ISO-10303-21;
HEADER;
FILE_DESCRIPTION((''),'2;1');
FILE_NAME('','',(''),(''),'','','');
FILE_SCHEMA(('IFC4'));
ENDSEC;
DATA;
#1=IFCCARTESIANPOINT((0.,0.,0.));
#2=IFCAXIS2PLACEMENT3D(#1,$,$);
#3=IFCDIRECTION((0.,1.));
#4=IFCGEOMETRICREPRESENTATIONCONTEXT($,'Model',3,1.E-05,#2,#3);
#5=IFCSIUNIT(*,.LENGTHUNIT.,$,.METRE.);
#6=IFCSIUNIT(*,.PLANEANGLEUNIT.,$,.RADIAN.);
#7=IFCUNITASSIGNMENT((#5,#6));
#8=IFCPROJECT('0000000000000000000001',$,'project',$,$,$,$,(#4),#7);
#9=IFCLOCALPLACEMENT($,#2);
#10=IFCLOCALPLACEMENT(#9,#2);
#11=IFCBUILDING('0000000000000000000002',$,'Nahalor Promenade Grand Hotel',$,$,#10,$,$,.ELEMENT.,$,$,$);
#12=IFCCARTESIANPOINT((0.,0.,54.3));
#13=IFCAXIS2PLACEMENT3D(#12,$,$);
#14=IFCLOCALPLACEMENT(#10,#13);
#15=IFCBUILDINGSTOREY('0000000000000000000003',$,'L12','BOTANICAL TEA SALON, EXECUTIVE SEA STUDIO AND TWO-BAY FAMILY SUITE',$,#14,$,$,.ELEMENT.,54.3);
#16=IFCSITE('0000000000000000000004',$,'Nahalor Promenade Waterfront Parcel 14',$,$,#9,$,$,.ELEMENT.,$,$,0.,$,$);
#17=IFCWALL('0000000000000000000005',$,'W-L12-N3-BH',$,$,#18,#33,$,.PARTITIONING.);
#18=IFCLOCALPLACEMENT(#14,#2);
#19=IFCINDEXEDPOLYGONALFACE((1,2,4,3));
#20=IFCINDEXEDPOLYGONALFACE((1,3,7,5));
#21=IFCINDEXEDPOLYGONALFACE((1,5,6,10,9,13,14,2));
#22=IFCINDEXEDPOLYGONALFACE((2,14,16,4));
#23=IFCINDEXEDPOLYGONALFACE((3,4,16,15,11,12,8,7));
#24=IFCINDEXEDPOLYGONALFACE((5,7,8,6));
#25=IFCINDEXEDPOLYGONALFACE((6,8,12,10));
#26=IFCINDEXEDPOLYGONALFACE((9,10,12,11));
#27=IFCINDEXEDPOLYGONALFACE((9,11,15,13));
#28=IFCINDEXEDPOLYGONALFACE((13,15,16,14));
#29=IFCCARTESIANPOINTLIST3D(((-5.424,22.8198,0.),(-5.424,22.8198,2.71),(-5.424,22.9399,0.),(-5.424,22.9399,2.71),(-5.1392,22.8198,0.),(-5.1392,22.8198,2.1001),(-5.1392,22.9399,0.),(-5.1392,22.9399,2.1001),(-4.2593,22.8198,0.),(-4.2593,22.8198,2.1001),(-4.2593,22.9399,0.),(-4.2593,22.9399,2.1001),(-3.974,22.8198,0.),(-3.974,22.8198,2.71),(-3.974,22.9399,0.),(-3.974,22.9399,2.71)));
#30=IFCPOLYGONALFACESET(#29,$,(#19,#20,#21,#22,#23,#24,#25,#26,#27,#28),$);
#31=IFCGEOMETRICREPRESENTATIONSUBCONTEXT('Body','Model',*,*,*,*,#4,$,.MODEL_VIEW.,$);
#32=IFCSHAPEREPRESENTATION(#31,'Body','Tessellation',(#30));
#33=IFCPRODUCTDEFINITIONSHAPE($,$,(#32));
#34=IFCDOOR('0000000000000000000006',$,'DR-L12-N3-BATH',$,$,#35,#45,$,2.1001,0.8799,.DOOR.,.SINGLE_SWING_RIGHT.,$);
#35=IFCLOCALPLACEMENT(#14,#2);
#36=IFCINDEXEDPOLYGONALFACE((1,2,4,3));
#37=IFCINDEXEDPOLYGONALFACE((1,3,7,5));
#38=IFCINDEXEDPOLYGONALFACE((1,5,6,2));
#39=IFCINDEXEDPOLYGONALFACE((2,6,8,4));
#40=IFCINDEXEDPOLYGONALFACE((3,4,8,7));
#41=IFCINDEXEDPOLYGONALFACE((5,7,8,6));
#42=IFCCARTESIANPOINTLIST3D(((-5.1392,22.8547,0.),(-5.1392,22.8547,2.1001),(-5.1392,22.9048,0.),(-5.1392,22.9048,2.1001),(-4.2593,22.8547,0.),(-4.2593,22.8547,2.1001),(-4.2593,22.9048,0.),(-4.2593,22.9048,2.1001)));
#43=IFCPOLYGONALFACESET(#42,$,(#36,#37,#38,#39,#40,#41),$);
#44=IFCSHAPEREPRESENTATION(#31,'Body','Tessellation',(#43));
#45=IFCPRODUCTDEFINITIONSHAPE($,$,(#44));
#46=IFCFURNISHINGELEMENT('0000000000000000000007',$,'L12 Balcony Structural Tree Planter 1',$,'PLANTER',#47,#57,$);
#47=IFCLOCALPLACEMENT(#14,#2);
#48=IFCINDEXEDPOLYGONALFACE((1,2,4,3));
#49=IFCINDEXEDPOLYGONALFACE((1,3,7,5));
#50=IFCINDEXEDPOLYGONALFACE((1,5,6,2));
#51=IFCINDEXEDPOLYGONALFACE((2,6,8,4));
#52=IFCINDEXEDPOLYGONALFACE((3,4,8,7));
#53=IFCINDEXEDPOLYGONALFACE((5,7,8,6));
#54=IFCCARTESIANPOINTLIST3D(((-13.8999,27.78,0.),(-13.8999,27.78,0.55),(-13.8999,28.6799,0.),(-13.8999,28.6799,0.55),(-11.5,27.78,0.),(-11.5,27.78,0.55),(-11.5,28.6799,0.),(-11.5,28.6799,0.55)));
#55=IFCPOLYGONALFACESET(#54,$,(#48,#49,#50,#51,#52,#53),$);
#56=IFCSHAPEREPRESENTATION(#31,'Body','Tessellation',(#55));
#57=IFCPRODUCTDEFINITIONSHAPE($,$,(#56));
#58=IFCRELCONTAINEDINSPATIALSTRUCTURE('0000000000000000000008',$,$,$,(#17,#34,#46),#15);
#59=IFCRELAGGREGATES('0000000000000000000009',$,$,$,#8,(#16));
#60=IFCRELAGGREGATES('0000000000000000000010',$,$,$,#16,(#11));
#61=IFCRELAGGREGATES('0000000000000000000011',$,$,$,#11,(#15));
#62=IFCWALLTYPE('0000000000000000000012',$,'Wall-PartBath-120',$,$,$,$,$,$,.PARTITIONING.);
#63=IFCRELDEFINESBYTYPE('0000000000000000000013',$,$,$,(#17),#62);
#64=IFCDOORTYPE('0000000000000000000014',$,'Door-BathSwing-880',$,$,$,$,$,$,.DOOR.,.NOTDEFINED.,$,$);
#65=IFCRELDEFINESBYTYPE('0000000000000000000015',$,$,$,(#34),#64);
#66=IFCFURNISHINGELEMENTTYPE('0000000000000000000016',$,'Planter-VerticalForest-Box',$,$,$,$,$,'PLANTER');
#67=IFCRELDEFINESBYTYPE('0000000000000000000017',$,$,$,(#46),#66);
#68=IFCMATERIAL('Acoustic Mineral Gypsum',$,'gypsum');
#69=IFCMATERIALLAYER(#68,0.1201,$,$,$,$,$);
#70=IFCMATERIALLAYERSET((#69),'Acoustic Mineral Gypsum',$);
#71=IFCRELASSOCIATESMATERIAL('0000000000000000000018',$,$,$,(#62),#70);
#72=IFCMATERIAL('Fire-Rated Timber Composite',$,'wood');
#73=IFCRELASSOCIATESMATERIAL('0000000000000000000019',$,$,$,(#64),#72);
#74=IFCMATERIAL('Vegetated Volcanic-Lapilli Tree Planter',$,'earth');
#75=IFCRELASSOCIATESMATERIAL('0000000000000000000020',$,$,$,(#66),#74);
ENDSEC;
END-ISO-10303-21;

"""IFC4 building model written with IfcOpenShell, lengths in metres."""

from ifc_helpers import new_model, si_unit, direction, frame, frame_2d, origin, origin_2d, place, context, subcontext, project, spatial, rectangle, extrude, source, transform, mapped, material, layer, layer_set, type_object, element, fill, save


model = new_model("IFC4")

# Units and contexts
model_context = context("Model", 3, precision=1e-05, world=origin(), true_north=direction((0.0, 1.0)))
body_context = subcontext(model_context, "Body", "Model", "MODEL_VIEW")
ifc_project = project(units=[si_unit("LENGTHUNIT", "METRE"), si_unit("PLANEANGLEUNIT", "RADIAN")], contexts=[model_context])

# Site, building, storey
site_placement = place(None, origin())
site = spatial("IfcSite", under=ifc_project, at=site_placement, Name="Nahalor Promenade Waterfront Parcel 14", CompositionType="ELEMENT", RefElevation=0.0)
building_placement = place(site_placement, origin())
building = spatial("IfcBuilding", under=site, at=building_placement, Name="Nahalor Promenade Grand Hotel", CompositionType="ELEMENT")
storey_placement = place(building_placement, frame((0.0, 0.0, 54.3)))
storey = spatial("IfcBuildingStorey", under=building, at=storey_placement, Name="L12", Description="BOTANICAL TEA SALON, EXECUTIVE SEA STUDIO AND TWO-BAY FAMILY SUITE", CompositionType="ELEMENT", Elevation=54.3)

# Shared definitions
ifc_material_1 = material(Name="Acoustic Mineral Gypsum", Category="gypsum")
ifc_layer_1 = layer(ifc_material_1, 0.1201)
ifc_layer_set_1 = layer_set([ifc_layer_1], Name="Acoustic Mineral Gypsum")
wall_type_1 = type_object("IfcWallType", Name="Wall-PartBath-120", PredefinedType="PARTITIONING", material=ifc_layer_set_1)
ifc_material_2 = material(Name="Fire-Rated Timber Composite", Category="wood")
door_type = type_object("IfcDoorType", Name="Door-BathSwing-880", OperationType="NOTDEFINED", PredefinedType="DOOR", material=ifc_material_2)
shared_shape_1 = source(origin(), body_context, "Body", "SweptSolid", [
    extrude(rectangle(XDim=0.8799, YDim=2.1001, at=frame_2d((0.4399, 1.05))), frame((0.0, 0.0249, 0.0), z_axis=(0.0, -1.0, 0.0), x_axis=(1.0, 0.0, 0.0)), (0.0, 0.0, 1.0), 0.05),
])

# Wall, opening, door
shared_shape_2 = source(origin(), body_context, "Body", "SweptSolid", [
    extrude(rectangle(XDim=1.45, YDim=0.1201, at=frame_2d((0.7251, 0.0))), origin(), (0.0, 0.0, 1.0), 2.71),
])
wall_1_placement = place(storey_placement, frame((-5.4241, 22.8799, 0.0), z_axis=(0.0, 0.0, 1.0), x_axis=(1.0, 0.0, 0.0)))
wall_1 = element("IfcWall", 1, at=wall_1_placement, inside=storey, type_object=wall_type_1, Name="W-L12-N3-BH", PredefinedType="PARTITIONING", context=body_context, shape_type="MappedRepresentation", body=[
    mapped(shared_shape_2, transform((0.0, 0.0, 0.0), scale=1.0)),
])
opening_1_placement = place(wall_1_placement, frame((0.2849, 0.0, 0.0)))
opening_1 = element("IfcOpeningElement", 2, at=opening_1_placement, cuts=wall_1, PredefinedType="OPENING", context=body_context, shape_type="SweptSolid", body=[
    extrude(rectangle(XDim=0.8799, YDim=2.1001, at=frame_2d((0.4399, 1.05))), frame((0.0, 0.0701, 0.0), z_axis=(0.0, -1.0, 0.0), x_axis=(1.0, 0.0, 0.0)), (0.0, 0.0, 1.0), 0.1401),
])
door_1_placement = place(opening_1_placement, origin())
door_1 = element("IfcDoor", 3, at=door_1_placement, inside=storey, type_object=door_type, Name="DR-L12-N3-BATH", OperationType="SINGLE_SWING_RIGHT", OverallHeight=2.1001, OverallWidth=0.8799, PredefinedType="DOOR", context=body_context, shape_type="MappedRepresentation", body=[
    mapped(shared_shape_1, transform((0.0, 0.0, 0.0), scale=1.0)),
])
fill(opening_1, door_1)

# Furnishing element
ifc_material_3 = material(Name="Vegetated Volcanic-Lapilli Tree Planter", Category="earth")
furnishing_element_type = type_object("IfcFurnishingElementType", Name="Planter-VerticalForest-Box", ElementType="PLANTER", material=ifc_material_3)
shared_shape_3 = source(origin(), body_context, "Body", "SweptSolid", [
    extrude(rectangle(XDim=2.3999, YDim=0.8999, at=origin_2d()), origin(), (0.0, 0.0, 1.0), 0.55),
])
furnishing_placement = place(storey_placement, frame((-12.7, 28.23, 0.0), z_axis=(0.0, 0.0, 1.0), x_axis=(1.0, 0.0, 0.0)))
element("IfcFurnishingElement", 4, at=furnishing_placement, inside=storey, type_object=furnishing_element_type, Name="L12 Balcony Structural Tree Planter 1", ObjectType="PLANTER", context=body_context, shape_type="MappedRepresentation", body=[
    mapped(shared_shape_3, transform((0.0, 0.0, 0.0), scale=1.0)),
])

save(model, "model.ifc")
